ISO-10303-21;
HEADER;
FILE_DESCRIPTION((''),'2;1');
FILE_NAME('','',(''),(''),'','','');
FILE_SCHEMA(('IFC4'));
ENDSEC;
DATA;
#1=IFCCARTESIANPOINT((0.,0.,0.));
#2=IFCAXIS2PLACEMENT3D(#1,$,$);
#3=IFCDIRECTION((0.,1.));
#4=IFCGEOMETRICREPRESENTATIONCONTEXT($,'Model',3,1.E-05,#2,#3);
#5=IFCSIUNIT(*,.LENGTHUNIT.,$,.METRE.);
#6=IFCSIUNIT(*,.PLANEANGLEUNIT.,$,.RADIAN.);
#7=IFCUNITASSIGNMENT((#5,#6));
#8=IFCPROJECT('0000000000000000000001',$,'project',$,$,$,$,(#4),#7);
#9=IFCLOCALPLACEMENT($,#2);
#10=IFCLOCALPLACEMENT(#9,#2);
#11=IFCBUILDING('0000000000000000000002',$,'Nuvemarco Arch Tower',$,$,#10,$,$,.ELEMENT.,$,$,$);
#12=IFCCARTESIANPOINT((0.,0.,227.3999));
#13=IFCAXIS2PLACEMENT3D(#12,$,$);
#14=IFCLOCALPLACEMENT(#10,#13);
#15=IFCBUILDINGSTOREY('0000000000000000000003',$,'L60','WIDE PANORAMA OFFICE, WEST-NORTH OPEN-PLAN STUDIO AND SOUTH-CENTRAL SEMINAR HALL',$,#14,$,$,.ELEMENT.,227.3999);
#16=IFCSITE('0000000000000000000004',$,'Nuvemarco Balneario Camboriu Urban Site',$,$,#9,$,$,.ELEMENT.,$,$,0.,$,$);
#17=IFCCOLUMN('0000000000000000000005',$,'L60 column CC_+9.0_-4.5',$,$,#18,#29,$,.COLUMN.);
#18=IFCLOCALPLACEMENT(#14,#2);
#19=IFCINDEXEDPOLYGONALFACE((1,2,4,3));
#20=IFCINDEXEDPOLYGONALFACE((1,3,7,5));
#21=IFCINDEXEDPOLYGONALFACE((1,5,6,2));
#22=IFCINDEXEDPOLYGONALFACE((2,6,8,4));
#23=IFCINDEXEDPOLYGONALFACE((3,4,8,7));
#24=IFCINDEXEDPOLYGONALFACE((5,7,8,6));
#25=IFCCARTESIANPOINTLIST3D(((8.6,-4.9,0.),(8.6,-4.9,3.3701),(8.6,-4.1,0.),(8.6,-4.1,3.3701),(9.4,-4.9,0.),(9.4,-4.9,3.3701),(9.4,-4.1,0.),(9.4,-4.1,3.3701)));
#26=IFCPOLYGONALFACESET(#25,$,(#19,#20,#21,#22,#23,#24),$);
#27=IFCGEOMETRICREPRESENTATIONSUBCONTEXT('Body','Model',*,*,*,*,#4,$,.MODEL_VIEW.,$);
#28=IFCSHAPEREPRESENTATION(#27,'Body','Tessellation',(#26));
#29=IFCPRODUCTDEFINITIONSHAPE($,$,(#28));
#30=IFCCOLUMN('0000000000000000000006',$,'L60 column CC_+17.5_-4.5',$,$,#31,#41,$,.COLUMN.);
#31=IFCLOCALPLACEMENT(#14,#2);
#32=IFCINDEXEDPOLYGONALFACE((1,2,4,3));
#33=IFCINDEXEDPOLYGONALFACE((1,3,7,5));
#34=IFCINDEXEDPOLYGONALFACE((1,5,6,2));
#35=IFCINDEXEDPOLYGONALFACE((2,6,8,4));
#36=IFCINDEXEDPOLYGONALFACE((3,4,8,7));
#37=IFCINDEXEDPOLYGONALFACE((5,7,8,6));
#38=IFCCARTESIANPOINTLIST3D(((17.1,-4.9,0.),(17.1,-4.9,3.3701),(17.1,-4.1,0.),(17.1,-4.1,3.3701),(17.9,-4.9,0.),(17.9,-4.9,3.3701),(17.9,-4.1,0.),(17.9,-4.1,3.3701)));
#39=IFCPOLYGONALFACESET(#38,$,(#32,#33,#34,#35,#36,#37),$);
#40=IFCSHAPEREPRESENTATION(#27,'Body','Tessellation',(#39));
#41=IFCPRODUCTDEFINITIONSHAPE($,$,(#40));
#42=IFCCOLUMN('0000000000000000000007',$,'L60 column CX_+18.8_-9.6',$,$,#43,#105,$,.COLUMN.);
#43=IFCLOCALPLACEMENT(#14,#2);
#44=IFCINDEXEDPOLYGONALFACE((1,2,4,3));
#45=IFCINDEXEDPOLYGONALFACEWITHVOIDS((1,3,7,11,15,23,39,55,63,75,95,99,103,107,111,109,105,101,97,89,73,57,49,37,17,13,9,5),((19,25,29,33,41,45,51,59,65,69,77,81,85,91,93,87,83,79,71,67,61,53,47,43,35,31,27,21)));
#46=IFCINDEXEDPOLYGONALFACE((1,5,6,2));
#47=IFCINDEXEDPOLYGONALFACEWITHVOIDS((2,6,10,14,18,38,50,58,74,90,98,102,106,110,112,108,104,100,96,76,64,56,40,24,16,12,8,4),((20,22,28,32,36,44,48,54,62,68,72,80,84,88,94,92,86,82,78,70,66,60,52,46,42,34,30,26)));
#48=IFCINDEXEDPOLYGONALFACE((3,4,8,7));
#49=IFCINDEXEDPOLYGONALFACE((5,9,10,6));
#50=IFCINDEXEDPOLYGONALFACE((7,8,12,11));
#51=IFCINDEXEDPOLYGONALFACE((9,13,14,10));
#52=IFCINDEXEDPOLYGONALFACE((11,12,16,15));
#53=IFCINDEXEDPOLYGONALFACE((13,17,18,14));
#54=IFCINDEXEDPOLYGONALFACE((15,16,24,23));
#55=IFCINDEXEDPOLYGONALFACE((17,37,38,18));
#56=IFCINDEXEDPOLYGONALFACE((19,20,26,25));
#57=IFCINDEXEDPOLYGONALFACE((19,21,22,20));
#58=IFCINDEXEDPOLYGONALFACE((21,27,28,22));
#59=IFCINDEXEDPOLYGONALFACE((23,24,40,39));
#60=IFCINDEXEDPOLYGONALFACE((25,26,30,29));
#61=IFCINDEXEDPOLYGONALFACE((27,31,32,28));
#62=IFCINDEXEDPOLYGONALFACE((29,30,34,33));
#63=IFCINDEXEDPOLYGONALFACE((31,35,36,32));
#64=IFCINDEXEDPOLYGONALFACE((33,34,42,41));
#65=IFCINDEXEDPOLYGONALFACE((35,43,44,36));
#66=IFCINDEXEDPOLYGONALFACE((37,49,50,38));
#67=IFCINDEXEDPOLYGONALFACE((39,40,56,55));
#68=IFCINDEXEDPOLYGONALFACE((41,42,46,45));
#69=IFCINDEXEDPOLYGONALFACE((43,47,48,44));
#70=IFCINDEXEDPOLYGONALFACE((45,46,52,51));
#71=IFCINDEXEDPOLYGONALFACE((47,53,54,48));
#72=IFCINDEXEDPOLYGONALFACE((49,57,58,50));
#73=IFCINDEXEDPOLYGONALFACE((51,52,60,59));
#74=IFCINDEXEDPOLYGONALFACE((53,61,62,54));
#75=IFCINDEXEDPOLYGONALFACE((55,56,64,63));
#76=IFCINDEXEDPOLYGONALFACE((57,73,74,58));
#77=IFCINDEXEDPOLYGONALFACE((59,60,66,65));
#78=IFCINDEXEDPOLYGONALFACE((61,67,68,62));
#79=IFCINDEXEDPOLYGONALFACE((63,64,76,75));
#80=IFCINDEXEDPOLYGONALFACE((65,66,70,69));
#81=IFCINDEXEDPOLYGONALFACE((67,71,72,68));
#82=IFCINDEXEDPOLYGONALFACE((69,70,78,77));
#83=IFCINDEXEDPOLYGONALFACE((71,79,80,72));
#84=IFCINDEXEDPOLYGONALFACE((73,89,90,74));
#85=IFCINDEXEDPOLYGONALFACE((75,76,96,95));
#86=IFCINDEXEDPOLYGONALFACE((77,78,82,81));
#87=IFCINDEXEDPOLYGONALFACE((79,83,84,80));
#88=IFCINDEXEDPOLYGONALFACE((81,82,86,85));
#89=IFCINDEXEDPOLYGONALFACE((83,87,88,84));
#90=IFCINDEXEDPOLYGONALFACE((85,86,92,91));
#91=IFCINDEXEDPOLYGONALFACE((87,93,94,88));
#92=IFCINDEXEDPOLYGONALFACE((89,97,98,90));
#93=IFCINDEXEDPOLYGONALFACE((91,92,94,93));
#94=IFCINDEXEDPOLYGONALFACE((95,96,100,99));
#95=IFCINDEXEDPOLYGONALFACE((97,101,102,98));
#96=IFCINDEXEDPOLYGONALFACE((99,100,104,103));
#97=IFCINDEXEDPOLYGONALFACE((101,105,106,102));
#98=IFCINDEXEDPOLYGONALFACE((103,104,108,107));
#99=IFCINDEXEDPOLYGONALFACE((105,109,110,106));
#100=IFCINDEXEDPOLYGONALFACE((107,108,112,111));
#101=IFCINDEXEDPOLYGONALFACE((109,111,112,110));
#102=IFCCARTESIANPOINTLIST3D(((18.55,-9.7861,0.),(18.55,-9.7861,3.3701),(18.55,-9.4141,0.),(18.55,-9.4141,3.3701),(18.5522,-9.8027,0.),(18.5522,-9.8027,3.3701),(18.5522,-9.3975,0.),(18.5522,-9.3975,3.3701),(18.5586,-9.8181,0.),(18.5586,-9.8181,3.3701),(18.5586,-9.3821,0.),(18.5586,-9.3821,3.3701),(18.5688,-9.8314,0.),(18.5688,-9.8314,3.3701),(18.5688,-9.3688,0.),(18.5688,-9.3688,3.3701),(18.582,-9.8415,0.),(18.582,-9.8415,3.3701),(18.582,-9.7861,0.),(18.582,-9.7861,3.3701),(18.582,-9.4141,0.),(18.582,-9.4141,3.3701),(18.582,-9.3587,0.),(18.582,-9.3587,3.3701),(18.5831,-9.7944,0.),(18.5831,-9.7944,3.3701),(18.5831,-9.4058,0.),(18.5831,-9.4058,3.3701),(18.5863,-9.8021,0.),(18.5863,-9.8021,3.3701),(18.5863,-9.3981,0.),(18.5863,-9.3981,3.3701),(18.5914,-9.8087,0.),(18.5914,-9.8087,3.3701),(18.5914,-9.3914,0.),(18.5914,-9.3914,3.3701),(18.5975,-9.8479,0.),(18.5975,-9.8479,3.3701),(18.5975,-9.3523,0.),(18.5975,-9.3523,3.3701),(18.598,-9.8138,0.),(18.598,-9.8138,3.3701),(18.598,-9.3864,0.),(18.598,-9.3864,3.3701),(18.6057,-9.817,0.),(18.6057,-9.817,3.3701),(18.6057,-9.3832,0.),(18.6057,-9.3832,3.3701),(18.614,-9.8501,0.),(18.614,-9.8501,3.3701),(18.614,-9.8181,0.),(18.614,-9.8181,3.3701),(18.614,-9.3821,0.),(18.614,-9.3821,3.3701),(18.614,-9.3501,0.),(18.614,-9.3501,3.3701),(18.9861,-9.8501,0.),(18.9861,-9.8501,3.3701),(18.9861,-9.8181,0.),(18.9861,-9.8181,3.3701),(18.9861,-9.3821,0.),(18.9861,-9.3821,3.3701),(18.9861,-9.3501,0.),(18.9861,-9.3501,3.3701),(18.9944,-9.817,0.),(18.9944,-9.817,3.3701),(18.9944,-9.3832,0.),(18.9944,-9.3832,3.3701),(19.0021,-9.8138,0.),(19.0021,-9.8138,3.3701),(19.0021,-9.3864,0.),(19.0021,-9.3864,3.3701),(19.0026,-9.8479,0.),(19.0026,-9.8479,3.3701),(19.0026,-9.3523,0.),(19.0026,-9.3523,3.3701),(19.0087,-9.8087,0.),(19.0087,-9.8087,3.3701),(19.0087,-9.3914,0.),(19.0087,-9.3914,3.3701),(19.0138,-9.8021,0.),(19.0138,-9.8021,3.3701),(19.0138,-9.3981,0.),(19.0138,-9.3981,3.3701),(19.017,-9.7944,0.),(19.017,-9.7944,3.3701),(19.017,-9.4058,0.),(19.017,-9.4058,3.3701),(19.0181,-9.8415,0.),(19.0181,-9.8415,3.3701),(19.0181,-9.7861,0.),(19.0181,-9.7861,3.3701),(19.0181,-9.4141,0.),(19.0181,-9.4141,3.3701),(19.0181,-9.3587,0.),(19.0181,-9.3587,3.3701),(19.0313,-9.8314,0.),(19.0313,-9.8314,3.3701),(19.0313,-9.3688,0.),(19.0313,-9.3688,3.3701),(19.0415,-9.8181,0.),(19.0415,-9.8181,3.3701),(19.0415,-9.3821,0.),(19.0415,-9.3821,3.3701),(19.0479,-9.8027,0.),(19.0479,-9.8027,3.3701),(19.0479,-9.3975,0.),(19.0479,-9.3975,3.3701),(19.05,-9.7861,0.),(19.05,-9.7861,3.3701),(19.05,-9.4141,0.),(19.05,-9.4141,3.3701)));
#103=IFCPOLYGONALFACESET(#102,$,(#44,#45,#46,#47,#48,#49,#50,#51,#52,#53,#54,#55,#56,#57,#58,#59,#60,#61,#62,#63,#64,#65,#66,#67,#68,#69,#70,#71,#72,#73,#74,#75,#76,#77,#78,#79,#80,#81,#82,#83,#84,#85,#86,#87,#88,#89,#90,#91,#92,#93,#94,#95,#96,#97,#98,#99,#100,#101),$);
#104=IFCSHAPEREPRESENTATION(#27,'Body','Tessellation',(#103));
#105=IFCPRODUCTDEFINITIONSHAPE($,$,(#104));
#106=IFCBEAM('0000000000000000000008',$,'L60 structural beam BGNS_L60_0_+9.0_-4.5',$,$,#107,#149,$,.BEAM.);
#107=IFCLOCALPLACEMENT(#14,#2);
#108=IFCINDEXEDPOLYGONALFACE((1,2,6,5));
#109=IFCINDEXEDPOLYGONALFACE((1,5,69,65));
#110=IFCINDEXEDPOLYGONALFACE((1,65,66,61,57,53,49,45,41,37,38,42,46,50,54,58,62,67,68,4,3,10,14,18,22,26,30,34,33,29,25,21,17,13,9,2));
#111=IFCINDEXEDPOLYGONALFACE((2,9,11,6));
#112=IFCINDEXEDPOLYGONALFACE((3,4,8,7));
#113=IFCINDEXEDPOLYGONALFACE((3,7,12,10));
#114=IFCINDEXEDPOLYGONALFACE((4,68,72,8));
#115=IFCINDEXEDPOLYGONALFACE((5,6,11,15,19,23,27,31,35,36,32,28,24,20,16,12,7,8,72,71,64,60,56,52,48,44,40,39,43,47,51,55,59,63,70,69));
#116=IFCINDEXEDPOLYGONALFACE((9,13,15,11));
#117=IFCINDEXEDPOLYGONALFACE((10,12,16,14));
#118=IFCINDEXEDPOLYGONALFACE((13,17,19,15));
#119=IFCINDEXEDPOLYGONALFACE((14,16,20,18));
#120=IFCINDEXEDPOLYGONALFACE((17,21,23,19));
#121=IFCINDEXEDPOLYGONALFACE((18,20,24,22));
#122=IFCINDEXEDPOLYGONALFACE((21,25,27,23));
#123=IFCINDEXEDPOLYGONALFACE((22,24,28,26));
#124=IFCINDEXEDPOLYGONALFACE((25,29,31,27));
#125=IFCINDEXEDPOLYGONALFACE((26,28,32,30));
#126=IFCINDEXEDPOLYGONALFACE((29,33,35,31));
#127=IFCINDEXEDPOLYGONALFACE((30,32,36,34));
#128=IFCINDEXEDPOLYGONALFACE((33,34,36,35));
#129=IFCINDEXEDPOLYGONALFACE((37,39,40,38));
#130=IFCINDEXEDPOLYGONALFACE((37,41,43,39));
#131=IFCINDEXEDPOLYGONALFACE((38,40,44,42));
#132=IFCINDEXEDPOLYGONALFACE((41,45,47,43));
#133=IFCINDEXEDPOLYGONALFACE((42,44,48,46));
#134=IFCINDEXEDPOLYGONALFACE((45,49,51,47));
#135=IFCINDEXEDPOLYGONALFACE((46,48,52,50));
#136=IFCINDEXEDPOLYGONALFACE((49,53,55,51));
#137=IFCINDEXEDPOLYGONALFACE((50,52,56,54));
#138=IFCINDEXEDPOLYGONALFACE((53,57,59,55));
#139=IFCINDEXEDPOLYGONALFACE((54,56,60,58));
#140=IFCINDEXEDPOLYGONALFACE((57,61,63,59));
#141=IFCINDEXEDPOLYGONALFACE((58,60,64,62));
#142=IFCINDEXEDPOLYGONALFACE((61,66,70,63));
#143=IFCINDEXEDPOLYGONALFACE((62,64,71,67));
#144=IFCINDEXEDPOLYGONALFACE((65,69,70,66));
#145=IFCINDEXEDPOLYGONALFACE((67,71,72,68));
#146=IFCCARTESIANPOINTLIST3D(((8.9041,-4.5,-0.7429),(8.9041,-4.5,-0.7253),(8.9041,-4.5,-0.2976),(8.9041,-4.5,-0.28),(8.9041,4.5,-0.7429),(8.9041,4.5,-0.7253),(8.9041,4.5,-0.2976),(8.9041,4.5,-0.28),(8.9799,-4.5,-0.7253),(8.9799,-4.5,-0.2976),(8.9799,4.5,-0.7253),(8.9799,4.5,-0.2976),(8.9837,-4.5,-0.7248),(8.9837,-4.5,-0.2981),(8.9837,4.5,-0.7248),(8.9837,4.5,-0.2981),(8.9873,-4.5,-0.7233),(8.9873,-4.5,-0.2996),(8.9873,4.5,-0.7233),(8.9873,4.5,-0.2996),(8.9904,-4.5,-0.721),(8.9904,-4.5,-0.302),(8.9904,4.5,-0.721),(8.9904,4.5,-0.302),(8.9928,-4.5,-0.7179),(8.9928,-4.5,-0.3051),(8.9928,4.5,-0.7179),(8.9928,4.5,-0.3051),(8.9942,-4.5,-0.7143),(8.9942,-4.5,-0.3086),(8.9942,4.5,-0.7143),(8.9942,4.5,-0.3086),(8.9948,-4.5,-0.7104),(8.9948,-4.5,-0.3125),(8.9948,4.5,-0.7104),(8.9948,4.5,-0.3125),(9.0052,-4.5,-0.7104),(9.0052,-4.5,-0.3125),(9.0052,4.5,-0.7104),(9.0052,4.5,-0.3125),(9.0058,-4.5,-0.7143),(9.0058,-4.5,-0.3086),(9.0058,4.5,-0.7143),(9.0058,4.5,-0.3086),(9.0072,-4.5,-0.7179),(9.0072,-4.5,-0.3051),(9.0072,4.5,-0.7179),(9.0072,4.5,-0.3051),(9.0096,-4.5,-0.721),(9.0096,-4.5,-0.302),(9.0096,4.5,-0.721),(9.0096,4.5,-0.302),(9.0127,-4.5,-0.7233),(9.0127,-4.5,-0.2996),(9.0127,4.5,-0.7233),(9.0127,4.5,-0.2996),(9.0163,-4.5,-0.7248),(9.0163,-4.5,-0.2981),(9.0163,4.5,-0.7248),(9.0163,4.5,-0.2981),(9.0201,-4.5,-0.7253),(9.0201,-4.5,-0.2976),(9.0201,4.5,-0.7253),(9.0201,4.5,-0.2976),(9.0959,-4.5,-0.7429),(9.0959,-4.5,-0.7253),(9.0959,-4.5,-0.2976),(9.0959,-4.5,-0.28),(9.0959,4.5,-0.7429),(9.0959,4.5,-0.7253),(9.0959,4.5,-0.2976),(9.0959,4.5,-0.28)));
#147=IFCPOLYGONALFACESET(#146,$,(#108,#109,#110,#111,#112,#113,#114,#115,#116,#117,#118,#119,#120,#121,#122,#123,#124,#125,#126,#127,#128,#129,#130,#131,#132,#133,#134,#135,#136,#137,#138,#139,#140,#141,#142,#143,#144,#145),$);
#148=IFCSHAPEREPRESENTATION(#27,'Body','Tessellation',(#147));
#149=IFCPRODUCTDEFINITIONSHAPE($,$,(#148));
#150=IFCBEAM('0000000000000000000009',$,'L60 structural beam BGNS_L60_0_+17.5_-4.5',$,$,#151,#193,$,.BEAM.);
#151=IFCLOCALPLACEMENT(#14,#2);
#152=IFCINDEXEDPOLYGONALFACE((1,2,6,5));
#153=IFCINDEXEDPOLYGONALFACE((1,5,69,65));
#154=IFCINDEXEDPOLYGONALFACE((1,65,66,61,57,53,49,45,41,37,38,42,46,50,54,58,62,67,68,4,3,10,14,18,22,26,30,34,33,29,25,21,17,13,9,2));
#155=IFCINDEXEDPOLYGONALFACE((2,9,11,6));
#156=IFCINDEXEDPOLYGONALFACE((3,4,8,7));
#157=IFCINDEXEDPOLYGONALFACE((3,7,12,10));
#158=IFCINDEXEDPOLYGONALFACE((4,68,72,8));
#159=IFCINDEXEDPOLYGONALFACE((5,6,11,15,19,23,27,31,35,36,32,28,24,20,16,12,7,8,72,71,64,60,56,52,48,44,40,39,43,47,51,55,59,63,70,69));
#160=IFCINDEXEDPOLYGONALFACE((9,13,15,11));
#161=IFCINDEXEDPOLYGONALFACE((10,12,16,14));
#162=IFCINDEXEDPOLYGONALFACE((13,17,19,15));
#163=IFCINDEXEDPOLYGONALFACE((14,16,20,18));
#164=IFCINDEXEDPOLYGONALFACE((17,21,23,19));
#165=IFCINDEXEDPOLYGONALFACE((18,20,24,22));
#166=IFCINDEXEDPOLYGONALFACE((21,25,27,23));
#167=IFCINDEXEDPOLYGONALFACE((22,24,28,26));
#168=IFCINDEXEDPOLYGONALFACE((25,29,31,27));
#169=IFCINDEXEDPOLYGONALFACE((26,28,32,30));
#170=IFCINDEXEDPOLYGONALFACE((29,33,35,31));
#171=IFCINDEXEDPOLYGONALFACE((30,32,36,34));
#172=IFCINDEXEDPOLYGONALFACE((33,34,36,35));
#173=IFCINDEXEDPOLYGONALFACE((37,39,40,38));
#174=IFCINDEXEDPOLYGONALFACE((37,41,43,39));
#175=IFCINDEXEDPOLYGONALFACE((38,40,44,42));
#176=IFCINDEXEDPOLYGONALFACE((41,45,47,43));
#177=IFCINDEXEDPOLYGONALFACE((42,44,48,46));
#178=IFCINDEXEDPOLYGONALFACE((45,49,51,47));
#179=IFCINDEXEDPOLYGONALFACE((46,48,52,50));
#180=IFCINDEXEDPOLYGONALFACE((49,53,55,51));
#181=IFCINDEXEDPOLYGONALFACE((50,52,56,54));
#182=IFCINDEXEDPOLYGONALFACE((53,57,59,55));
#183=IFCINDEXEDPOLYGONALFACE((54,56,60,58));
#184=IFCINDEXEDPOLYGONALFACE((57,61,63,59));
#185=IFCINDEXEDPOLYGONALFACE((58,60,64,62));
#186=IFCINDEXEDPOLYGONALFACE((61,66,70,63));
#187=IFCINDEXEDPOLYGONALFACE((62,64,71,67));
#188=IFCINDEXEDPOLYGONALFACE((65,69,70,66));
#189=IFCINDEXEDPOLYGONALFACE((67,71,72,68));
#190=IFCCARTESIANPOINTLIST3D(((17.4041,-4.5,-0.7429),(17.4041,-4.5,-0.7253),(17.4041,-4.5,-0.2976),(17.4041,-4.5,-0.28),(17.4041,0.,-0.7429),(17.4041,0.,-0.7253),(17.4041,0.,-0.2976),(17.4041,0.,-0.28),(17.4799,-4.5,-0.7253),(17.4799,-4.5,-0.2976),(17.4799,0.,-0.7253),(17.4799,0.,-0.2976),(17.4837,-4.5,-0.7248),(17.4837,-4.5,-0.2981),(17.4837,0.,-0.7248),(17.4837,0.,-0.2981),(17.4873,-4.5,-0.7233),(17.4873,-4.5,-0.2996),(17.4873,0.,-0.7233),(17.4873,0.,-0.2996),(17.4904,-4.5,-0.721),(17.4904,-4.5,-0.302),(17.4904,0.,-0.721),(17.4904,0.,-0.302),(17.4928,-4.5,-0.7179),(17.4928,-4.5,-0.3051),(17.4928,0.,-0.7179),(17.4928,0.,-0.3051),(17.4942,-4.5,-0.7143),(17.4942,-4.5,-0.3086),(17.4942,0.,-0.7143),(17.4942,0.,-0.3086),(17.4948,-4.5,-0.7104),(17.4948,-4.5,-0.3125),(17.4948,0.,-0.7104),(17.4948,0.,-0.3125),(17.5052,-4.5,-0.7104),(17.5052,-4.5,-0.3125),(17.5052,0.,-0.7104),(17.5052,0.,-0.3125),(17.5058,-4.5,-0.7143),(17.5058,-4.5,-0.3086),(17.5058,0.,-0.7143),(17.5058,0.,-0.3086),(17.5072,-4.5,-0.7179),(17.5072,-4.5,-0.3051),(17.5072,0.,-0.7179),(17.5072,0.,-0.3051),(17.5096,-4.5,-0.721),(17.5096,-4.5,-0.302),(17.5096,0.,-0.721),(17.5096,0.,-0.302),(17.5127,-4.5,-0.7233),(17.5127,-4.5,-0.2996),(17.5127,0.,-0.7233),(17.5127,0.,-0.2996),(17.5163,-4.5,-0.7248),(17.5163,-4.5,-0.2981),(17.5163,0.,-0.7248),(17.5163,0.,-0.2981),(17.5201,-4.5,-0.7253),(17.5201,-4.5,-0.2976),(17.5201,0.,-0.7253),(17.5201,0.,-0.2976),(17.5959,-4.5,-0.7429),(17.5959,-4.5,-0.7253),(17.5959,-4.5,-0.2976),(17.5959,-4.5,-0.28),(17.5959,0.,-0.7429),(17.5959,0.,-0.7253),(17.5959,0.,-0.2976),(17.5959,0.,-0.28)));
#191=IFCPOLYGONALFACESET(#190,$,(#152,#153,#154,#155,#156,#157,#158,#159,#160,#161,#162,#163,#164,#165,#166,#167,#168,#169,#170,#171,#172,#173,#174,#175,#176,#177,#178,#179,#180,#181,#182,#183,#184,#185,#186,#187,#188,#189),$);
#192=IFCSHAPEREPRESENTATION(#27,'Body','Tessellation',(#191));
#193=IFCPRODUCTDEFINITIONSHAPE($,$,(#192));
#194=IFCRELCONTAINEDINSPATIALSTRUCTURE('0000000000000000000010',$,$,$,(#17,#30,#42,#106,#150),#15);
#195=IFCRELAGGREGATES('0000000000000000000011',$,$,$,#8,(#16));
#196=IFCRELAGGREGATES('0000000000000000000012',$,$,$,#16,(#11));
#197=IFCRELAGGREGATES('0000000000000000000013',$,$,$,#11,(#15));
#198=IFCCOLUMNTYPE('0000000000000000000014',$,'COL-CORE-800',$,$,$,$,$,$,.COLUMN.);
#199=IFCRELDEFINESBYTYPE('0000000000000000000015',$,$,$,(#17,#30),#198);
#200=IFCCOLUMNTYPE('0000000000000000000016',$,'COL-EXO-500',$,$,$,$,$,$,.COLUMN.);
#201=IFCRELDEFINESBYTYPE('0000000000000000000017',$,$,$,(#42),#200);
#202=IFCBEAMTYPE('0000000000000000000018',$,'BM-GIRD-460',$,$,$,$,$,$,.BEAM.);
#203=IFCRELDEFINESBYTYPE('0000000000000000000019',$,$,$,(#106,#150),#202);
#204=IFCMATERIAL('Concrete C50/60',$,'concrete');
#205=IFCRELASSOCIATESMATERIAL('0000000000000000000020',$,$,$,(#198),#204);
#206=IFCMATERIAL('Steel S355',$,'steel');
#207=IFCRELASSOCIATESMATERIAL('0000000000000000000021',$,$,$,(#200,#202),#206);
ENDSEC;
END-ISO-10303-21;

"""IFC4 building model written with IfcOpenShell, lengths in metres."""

from ifc_helpers import new_model, si_unit, direction, frame, origin, origin_2d, place, context, subcontext, project, spatial, rectangle, hollow_rectangle, i_section, extrude, material, material_profile, profile_set, type_object, element, save


model = new_model("IFC4")

# Units and contexts
model_context = context("Model", 3, precision=1e-05, world=origin(), true_north=direction((0.0, 1.0)))
body_context = subcontext(model_context, "Body", "Model", "MODEL_VIEW")
ifc_project = project(units=[si_unit("LENGTHUNIT", "METRE"), si_unit("PLANEANGLEUNIT", "RADIAN")], contexts=[model_context])

# Site, building, storey
site_placement = place(None, origin())
site = spatial("IfcSite", under=ifc_project, at=site_placement, Name="Nuvemarco Balneario Camboriu Urban Site", CompositionType="ELEMENT", RefElevation=0.0)
building_placement = place(site_placement, origin())
building = spatial("IfcBuilding", under=site, at=building_placement, Name="Nuvemarco Arch Tower", CompositionType="ELEMENT")
storey_placement = place(building_placement, frame((0.0, 0.0, 227.3999)))
storey = spatial("IfcBuildingStorey", under=building, at=storey_placement, Name="L60", Description="WIDE PANORAMA OFFICE, WEST-NORTH OPEN-PLAN STUDIO AND SOUTH-CENTRAL SEMINAR HALL", CompositionType="ELEMENT", Elevation=227.3999)

# Columns
ifc_material_1 = material(Name="Concrete C50/60", Category="concrete")
ifc_material_profile_1 = material_profile(ifc_material_1, rectangle(XDim=0.8, YDim=0.8, at=origin_2d()), Name="RC-COL-800x800")
ifc_profile_set_1 = profile_set([ifc_material_profile_1], Name="Concrete C50/60")
column_type_1 = type_object("IfcColumnType", Name="COL-CORE-800", PredefinedType="COLUMN", material=ifc_profile_set_1)
for number, where, z_axis, x_axis, name in (
    (1, (9.0, -4.5, 0.0), (0.0, 0.0, 1.0), (1.0, 0.0, 0.0), "L60 column CC_+9.0_-4.5"),
    (2, (17.5, -4.5, 0.0), (0.0, 0.0, 1.0), (1.0, 0.0, 0.0), "L60 column CC_+17.5_-4.5"),
):
    element("IfcColumn", number, at=place(storey_placement, frame(where, z_axis=z_axis, x_axis=x_axis)), inside=storey, type_object=column_type_1, Name=name, PredefinedType="COLUMN", context=body_context, shape_type="SweptSolid", body=[
        extrude(rectangle(XDim=0.8, YDim=0.8, at=origin_2d()), origin(), (0.0, 0.0, 1.0), 3.3701),
    ])
ifc_material_2 = material(Name="Steel S355", Category="steel")
ifc_material_profile_2 = material_profile(ifc_material_2, hollow_rectangle(XDim=0.5, YDim=0.5, WallThickness=0.032, InnerFilletRadius=0.032, OuterFilletRadius=0.064, at=origin_2d()), Name="SHS500x500x32")
ifc_profile_set_2 = profile_set([ifc_material_profile_2], Name="Steel S355")
column_type_2 = type_object("IfcColumnType", Name="COL-EXO-500", PredefinedType="COLUMN", material=ifc_profile_set_2)
column_placement = place(storey_placement, frame((18.8, -9.6001, 0.0), z_axis=(0.0, 0.0, 1.0), x_axis=(1.0, 0.0, 0.0)))
element("IfcColumn", 3, at=column_placement, inside=storey, type_object=column_type_2, Name="L60 column CX_+18.8_-9.6", PredefinedType="COLUMN", context=body_context, shape_type="SweptSolid", body=[
    extrude(hollow_rectangle(XDim=0.5, YDim=0.5, WallThickness=0.032, InnerFilletRadius=0.032, OuterFilletRadius=0.064, at=origin_2d()), origin(), (0.0, 0.0, 1.0), 3.3701),
])

# Beams
ifc_material_profile_3 = material_profile(ifc_material_2, i_section(OverallWidth=0.1919, OverallDepth=0.4629, WebThickness=0.0105, FlangeThickness=0.0176, FilletRadius=0.0149, at=origin_2d()), Name="W460x89")
ifc_profile_set_3 = profile_set([ifc_material_profile_3], Name="Steel S355")
beam_type_1 = type_object("IfcBeamType", Name="BM-GIRD-460", PredefinedType="BEAM", material=ifc_profile_set_3)
beam_1_placement = place(storey_placement, frame((9.0, -4.5, -0.5115), z_axis=(0.0, 1.0, 0.0), x_axis=(-1.0, 0.0, 0.0)))
element("IfcBeam", 4, at=beam_1_placement, inside=storey, type_object=beam_type_1, Name="L60 structural beam BGNS_L60_0_+9.0_-4.5", PredefinedType="BEAM", context=body_context, shape_type="SweptSolid", body=[
    extrude(i_section(OverallWidth=0.1919, OverallDepth=0.4629, WebThickness=0.0105, FlangeThickness=0.0176, FilletRadius=0.0149, at=origin_2d()), origin(), (0.0, 0.0, 1.0), 9.0),
])
beam_2_placement = place(storey_placement, frame((17.5, -4.5, -0.5115), z_axis=(0.0, 1.0, 0.0), x_axis=(-1.0, 0.0, 0.0)))
element("IfcBeam", 5, at=beam_2_placement, inside=storey, type_object=beam_type_1, Name="L60 structural beam BGNS_L60_0_+17.5_-4.5", PredefinedType="BEAM", context=body_context, shape_type="SweptSolid", body=[
    extrude(i_section(OverallWidth=0.1919, OverallDepth=0.4629, WebThickness=0.0105, FlangeThickness=0.0176, FilletRadius=0.0149, at=origin_2d()), origin(), (0.0, 0.0, 1.0), 4.5),
])

save(model, "model.ifc")
